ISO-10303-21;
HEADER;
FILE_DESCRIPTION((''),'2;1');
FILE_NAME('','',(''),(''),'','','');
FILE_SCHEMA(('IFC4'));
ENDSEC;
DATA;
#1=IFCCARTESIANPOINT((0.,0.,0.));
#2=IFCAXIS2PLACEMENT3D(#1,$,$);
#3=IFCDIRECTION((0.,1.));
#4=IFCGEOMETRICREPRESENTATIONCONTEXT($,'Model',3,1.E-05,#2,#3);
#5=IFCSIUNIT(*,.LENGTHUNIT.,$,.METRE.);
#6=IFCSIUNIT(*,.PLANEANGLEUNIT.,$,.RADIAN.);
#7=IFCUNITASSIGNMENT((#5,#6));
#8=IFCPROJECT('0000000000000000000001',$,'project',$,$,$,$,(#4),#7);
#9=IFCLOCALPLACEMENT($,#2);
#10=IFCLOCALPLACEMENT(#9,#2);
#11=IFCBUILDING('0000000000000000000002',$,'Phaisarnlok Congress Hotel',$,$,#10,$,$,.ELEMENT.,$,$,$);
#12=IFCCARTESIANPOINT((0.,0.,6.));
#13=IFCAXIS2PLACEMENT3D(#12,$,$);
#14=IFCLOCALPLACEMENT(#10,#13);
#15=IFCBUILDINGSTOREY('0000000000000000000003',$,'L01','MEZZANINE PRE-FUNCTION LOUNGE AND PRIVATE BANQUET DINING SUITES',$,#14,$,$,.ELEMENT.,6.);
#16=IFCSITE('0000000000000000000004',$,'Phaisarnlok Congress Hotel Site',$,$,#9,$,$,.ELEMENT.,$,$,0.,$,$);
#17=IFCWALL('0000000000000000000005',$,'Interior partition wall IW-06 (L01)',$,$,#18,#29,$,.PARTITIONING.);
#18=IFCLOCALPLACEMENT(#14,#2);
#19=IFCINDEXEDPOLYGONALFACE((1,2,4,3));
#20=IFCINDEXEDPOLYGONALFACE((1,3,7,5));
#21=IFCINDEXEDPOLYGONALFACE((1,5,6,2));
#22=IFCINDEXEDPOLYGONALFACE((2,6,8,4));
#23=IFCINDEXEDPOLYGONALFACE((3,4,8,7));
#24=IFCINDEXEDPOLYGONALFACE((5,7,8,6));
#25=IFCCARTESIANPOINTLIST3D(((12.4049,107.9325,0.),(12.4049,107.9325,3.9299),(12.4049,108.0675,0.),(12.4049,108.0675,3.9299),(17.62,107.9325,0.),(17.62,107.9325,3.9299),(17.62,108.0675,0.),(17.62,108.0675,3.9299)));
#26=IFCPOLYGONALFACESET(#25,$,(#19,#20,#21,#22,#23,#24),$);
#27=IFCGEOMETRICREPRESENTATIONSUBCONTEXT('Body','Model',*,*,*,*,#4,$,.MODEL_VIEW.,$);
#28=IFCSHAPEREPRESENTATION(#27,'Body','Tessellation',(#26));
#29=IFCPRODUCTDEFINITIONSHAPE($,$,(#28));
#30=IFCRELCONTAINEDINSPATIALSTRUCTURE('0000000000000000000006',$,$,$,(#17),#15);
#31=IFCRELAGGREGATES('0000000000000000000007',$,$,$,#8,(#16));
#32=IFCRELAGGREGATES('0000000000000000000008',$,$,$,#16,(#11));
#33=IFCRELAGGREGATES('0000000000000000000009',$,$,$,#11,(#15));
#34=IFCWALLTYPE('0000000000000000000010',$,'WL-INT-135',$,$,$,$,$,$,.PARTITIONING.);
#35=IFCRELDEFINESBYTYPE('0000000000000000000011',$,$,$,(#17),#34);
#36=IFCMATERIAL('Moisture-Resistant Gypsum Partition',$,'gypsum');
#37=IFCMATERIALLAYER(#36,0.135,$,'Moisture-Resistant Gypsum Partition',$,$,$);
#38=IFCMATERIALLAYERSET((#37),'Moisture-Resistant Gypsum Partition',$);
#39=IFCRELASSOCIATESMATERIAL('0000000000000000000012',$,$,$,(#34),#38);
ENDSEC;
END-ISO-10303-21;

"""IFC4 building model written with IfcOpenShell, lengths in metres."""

from ifc_helpers import new_model, si_unit, direction, frame, frame_2d, origin, place, context, subcontext, project, spatial, rectangle, extrude, material, layer, layer_set, type_object, element, save


model = new_model("IFC4")

# Units and contexts
model_context = context("Model", 3, precision=1e-05, world=origin(), true_north=direction((0.0, 1.0)))
body_context = subcontext(model_context, "Body", "Model", "MODEL_VIEW")
ifc_project = project(units=[si_unit("LENGTHUNIT", "METRE"), si_unit("PLANEANGLEUNIT", "RADIAN")], contexts=[model_context])

# Site, building, storey
site_placement = place(None, origin())
site = spatial("IfcSite", under=ifc_project, at=site_placement, Name="Phaisarnlok Congress Hotel Site", CompositionType="ELEMENT", RefElevation=0.0)
building_placement = place(site_placement, origin())
building = spatial("IfcBuilding", under=site, at=building_placement, Name="Phaisarnlok Congress Hotel", CompositionType="ELEMENT")
storey_placement = place(building_placement, frame((0.0, 0.0, 6.0)))
storey = spatial("IfcBuildingStorey", under=building, at=storey_placement, Name="L01", Description="MEZZANINE PRE-FUNCTION LOUNGE AND PRIVATE BANQUET DINING SUITES", CompositionType="ELEMENT", Elevation=6.0)

# Wall
ifc_material_1 = material(Name="Moisture-Resistant Gypsum Partition", Category="gypsum")
ifc_layer_1 = layer(ifc_material_1, 0.135, Name="Moisture-Resistant Gypsum Partition")
ifc_layer_set_1 = layer_set([ifc_layer_1], Name="Moisture-Resistant Gypsum Partition")
wall_type_1 = type_object("IfcWallType", Name="WL-INT-135", PredefinedType="PARTITIONING", material=ifc_layer_set_1)
wall_1_placement = place(storey_placement, frame((12.405, 108.0, 0.0), z_axis=(0.0, 0.0, 1.0), x_axis=(1.0, 0.0, 0.0)))
element("IfcWall", 1, at=wall_1_placement, inside=storey, type_object=wall_type_1, Name="Interior partition wall IW-06 (L01)", PredefinedType="PARTITIONING", context=body_context, shape_type="SweptSolid", body=[
    extrude(rectangle(XDim=5.2151, YDim=0.135, at=frame_2d((2.6074, 0.0))), origin(), (0.0, 0.0, 1.0), 3.9299),
])

save(model, "model.ifc")
